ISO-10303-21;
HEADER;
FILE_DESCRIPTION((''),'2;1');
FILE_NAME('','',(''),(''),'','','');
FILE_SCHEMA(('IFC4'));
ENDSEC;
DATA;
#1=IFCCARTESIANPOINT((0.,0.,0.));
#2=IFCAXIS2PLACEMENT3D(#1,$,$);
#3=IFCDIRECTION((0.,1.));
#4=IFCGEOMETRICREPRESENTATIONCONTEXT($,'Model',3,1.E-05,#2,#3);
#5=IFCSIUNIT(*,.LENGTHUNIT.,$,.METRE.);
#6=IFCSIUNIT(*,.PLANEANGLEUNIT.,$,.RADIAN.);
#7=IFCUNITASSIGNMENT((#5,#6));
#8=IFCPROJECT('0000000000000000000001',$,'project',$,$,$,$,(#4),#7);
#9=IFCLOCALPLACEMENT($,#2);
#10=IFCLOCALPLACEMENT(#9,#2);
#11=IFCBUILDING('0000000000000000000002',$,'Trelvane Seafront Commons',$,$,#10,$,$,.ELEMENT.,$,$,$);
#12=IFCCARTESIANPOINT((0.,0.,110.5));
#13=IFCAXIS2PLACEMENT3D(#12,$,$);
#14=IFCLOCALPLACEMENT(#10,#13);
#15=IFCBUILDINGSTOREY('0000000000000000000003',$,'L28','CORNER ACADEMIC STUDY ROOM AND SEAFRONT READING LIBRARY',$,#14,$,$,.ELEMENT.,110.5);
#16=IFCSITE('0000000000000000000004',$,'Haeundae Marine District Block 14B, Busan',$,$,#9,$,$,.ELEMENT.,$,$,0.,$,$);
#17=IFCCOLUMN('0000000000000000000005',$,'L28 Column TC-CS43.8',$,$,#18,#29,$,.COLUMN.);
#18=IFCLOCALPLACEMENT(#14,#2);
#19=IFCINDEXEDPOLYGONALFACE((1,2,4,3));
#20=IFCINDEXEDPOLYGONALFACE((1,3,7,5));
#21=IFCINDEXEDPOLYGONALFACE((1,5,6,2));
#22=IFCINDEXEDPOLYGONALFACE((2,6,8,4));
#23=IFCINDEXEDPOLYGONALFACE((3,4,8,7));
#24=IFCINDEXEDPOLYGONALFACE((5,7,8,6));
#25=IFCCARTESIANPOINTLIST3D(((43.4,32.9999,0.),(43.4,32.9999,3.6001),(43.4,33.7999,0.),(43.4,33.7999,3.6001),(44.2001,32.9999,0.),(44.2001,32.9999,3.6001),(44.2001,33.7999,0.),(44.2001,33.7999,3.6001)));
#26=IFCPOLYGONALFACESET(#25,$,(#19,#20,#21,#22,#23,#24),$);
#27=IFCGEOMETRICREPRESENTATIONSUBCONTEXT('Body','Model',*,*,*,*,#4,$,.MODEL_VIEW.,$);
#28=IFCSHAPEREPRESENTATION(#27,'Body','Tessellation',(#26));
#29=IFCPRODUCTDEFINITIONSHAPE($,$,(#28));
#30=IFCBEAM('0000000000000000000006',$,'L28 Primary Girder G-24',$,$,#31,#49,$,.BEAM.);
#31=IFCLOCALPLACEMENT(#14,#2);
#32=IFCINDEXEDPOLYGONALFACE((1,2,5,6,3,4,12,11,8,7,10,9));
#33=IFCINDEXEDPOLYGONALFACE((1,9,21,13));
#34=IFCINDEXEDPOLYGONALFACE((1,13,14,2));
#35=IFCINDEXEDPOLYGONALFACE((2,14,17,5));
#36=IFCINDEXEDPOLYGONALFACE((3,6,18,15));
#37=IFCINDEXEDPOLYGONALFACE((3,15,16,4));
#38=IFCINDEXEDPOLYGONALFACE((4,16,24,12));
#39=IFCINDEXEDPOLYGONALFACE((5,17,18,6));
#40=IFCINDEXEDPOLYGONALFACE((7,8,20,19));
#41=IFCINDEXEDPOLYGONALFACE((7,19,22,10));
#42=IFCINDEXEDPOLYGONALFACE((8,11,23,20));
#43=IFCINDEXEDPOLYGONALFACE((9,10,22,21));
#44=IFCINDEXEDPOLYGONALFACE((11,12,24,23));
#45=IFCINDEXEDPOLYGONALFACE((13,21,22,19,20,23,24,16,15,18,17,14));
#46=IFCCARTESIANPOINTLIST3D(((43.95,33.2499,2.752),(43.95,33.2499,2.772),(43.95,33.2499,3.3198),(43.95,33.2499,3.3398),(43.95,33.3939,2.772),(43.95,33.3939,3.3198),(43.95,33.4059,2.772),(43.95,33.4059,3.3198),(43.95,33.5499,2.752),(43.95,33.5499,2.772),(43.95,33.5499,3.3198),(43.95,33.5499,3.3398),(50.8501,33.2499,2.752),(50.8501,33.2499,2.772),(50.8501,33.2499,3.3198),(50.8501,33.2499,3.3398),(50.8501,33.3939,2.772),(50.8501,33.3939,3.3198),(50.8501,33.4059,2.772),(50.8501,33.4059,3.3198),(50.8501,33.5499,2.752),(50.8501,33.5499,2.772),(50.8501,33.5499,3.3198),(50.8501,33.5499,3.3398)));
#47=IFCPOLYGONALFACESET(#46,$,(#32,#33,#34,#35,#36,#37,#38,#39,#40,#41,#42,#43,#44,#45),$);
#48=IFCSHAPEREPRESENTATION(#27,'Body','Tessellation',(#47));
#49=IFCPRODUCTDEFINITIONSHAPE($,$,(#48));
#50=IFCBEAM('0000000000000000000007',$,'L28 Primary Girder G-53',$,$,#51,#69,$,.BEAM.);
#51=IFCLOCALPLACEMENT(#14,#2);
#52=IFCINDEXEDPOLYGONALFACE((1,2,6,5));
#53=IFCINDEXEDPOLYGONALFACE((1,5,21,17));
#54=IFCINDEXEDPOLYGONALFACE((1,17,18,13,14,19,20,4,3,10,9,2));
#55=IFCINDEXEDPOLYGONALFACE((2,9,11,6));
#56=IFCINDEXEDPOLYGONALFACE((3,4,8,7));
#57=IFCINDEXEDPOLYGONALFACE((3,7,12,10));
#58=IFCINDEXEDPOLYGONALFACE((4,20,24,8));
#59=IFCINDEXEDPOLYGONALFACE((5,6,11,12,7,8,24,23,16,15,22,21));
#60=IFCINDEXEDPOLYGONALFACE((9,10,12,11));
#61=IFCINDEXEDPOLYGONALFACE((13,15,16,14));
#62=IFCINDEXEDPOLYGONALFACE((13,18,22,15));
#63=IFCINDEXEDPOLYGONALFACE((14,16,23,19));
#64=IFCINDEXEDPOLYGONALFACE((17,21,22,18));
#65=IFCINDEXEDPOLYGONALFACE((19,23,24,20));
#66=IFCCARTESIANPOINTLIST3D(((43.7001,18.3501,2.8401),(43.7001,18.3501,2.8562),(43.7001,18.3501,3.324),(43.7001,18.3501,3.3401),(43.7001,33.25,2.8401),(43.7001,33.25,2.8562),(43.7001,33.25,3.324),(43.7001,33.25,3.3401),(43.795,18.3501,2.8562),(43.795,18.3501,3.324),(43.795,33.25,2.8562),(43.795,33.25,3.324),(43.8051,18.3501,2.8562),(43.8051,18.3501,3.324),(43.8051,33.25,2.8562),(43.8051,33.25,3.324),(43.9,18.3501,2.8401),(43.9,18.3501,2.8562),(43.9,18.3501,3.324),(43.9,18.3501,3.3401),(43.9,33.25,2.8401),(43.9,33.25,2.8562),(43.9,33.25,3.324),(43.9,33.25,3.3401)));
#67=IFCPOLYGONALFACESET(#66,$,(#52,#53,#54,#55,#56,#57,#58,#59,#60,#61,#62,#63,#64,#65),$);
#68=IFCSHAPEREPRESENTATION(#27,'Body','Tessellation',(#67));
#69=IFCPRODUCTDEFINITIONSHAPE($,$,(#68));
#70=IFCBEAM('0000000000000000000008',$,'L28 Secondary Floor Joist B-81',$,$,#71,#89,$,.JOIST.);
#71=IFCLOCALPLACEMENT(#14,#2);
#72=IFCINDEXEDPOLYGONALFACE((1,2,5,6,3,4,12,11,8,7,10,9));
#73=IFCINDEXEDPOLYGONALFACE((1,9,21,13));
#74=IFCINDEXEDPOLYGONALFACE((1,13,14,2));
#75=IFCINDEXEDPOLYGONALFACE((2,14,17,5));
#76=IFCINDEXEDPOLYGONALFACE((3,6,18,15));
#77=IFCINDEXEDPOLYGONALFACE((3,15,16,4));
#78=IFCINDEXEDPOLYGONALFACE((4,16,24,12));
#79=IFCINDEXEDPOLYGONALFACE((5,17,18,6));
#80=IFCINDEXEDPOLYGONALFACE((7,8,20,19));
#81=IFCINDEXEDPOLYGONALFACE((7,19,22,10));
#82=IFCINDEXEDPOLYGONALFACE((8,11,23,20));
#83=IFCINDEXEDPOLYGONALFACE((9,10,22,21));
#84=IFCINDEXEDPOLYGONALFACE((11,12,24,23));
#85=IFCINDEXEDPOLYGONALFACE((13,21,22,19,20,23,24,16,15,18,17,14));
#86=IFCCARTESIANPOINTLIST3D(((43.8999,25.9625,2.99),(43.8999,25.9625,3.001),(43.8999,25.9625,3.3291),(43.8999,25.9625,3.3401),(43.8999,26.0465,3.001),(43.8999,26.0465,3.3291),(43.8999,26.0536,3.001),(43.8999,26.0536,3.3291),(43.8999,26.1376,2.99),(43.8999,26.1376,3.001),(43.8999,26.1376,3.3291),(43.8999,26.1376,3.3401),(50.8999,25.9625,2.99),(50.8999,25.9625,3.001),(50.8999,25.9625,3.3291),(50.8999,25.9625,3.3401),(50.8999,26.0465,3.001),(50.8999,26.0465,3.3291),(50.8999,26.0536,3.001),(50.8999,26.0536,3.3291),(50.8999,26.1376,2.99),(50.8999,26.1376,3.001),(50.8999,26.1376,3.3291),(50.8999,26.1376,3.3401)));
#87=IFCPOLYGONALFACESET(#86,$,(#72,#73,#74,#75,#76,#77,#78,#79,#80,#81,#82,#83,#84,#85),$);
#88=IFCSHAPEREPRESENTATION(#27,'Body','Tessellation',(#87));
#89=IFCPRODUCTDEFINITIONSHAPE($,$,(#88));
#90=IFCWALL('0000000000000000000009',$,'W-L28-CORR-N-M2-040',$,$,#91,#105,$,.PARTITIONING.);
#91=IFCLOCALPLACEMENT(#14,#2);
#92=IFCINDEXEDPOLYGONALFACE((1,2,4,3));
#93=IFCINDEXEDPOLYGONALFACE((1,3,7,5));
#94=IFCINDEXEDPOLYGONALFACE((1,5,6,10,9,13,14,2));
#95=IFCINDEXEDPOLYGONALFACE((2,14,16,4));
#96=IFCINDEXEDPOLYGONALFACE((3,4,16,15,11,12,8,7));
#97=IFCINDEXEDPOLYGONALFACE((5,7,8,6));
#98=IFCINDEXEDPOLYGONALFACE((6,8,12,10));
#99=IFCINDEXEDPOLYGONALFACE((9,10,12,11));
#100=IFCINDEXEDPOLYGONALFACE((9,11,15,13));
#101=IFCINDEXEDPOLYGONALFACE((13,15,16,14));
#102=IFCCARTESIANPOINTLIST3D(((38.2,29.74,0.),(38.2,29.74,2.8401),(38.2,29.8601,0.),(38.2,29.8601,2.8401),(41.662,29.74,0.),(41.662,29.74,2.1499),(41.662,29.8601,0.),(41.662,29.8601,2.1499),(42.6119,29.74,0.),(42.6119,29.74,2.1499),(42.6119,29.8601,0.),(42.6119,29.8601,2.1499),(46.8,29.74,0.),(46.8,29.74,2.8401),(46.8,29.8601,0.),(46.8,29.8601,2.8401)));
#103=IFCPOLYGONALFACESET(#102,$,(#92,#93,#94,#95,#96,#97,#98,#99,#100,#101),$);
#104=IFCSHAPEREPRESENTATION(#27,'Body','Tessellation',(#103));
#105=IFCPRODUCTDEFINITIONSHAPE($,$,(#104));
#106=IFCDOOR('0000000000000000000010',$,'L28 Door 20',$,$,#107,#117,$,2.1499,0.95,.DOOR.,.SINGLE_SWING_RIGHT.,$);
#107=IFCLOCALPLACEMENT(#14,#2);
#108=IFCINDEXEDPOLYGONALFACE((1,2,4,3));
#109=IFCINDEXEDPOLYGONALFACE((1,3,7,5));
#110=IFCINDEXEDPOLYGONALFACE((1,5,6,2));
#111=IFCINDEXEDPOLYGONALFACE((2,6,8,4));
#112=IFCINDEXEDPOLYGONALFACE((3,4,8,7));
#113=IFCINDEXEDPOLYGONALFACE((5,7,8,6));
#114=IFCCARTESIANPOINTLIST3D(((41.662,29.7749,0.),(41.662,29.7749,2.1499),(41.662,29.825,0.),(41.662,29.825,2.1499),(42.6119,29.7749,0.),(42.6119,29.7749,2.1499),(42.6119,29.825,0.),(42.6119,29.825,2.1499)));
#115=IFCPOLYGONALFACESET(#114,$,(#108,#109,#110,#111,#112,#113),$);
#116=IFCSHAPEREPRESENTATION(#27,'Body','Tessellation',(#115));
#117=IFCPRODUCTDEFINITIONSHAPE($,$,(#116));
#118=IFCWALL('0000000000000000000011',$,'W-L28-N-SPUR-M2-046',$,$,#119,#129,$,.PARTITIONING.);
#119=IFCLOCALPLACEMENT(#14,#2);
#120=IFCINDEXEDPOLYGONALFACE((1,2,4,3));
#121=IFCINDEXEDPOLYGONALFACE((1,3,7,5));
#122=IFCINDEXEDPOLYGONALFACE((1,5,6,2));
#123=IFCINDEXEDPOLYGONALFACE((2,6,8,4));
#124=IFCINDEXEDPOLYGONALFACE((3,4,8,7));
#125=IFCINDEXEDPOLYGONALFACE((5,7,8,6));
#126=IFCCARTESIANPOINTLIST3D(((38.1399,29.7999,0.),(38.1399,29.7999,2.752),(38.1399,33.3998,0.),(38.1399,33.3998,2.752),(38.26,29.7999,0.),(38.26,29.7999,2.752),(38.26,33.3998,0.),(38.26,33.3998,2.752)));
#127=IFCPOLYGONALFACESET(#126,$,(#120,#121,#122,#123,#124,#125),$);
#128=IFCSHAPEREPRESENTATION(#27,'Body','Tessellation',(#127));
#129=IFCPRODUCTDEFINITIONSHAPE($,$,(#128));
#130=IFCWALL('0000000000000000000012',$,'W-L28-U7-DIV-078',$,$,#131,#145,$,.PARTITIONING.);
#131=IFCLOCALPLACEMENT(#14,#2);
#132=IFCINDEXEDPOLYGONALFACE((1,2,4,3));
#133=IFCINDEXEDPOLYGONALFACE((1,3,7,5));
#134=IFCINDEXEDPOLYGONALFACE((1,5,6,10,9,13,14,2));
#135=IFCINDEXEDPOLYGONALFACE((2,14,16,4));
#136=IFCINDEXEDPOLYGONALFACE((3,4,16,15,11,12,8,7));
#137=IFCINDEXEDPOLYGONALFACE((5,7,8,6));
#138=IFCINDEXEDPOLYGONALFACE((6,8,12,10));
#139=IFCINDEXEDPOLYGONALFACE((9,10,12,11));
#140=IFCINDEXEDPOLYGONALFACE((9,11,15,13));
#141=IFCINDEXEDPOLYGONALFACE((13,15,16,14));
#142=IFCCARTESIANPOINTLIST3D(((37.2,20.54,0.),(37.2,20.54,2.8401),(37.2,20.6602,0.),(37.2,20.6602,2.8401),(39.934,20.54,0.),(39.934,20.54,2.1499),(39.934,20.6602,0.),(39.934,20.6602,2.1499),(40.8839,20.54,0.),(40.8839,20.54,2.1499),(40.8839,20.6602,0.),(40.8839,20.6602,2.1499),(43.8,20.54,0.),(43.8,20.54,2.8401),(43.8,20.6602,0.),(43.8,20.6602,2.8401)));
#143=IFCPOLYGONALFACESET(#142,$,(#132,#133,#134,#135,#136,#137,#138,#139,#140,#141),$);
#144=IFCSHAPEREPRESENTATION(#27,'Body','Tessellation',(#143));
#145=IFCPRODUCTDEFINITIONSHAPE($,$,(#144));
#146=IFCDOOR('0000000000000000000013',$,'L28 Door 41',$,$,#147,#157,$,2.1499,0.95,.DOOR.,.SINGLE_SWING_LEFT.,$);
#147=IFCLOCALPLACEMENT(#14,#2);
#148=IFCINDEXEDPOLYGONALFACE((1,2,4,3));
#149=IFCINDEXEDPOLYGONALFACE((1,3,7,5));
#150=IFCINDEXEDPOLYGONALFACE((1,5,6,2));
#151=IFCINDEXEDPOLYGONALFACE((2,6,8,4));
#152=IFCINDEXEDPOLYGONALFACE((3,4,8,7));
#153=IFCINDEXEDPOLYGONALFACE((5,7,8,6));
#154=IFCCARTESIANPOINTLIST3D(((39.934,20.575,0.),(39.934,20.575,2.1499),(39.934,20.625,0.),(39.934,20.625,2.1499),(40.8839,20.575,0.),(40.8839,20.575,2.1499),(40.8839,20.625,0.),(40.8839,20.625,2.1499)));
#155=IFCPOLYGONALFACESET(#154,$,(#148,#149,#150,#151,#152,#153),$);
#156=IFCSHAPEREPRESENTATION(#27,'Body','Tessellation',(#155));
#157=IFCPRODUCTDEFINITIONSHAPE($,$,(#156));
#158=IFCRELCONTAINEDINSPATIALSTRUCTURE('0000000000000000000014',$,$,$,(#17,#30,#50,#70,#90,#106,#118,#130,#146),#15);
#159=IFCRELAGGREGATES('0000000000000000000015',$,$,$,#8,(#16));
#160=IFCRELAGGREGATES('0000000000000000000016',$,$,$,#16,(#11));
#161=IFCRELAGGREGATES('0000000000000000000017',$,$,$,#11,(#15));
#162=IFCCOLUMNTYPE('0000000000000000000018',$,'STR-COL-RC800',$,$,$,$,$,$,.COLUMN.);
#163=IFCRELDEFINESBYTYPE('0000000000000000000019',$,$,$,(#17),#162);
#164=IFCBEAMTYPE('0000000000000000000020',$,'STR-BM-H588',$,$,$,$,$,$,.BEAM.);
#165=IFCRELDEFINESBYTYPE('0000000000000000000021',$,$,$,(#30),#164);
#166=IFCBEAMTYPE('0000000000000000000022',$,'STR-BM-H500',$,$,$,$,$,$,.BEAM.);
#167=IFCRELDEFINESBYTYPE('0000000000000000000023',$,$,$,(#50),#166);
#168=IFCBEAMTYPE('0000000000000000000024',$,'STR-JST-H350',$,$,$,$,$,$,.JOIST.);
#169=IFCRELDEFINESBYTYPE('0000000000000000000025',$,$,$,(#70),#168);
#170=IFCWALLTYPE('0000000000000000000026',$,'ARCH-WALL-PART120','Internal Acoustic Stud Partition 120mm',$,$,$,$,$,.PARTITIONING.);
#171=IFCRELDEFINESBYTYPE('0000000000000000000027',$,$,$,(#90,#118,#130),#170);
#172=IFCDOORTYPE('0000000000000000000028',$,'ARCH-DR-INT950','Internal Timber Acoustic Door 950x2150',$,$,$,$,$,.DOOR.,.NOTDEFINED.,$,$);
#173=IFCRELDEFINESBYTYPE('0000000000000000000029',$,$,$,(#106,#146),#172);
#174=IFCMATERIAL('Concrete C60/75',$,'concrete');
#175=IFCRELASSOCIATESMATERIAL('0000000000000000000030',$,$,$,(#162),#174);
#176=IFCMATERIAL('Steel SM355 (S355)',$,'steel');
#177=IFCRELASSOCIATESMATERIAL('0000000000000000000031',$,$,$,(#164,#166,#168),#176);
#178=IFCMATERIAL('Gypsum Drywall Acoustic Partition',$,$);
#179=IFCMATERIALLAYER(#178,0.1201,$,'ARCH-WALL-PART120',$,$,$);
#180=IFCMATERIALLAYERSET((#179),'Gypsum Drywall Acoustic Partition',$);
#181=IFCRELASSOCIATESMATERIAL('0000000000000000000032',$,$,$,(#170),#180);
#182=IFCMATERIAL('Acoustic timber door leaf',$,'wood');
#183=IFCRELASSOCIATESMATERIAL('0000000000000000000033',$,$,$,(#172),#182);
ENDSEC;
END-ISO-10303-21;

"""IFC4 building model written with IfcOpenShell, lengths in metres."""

from ifc_helpers import new_model, si_unit, direction, frame, frame_2d, origin, origin_2d, place, context, subcontext, project, spatial, rectangle, i_section, extrude, source, transform, mapped, material, layer, layer_set, material_profile, profile_set, type_object, element, fill, save


model = new_model("IFC4")

# Units and contexts
model_context = context("Model", 3, precision=1e-05, world=origin(), true_north=direction((0.0, 1.0)))
body_context = subcontext(model_context, "Body", "Model", "MODEL_VIEW")
ifc_project = project(units=[si_unit("LENGTHUNIT", "METRE"), si_unit("PLANEANGLEUNIT", "RADIAN")], contexts=[model_context])

# Site, building, storey
site_placement = place(None, origin())
site = spatial("IfcSite", under=ifc_project, at=site_placement, Name="Haeundae Marine District Block 14B, Busan", CompositionType="ELEMENT", RefElevation=0.0)
building_placement = place(site_placement, origin())
building = spatial("IfcBuilding", under=site, at=building_placement, Name="Trelvane Seafront Commons", CompositionType="ELEMENT")
storey_placement = place(building_placement, frame((0.0, 0.0, 110.5)))
storey = spatial("IfcBuildingStorey", under=building, at=storey_placement, Name="L28", Description="CORNER ACADEMIC STUDY ROOM AND SEAFRONT READING LIBRARY", CompositionType="ELEMENT", Elevation=110.5)

# Column
ifc_material_1 = material(Name="Concrete C60/75", Category="concrete")
ifc_material_profile_1 = material_profile(ifc_material_1, rectangle(XDim=0.8, YDim=0.8, at=origin_2d()), Name="RC-800x800")
ifc_profile_set_1 = profile_set([ifc_material_profile_1], Name="Concrete C60/75")
column_type = type_object("IfcColumnType", Name="STR-COL-RC800", PredefinedType="COLUMN", material=ifc_profile_set_1)
shared_shape_1 = source(origin(), body_context, "Body", "SweptSolid", [
    extrude(rectangle(XDim=0.8, YDim=0.8, at=origin_2d()), origin(), (0.0, 0.0, 1.0), 3.6001),
])
column_placement = place(storey_placement, frame((43.8, 33.3999, 0.0), z_axis=(0.0, 0.0, 1.0), x_axis=(1.0, 0.0, 0.0)))
element("IfcColumn", 1, at=column_placement, inside=storey, type_object=column_type, Name="L28 Column TC-CS43.8", PredefinedType="COLUMN", context=body_context, shape_type="MappedRepresentation", body=[
    mapped(shared_shape_1, transform((0.0, 0.0, 0.0), x_axis=(1.0, 0.0, 0.0), y_axis=(0.0, 1.0, 0.0), z_axis=(0.0, 0.0, 1.0), scale=1.0)),
])

# Beams
ifc_material_2 = material(Name="Steel SM355 (S355)", Category="steel")
ifc_material_profile_2 = material_profile(ifc_material_2, i_section(OverallWidth=0.3, OverallDepth=0.5879, WebThickness=0.012, FlangeThickness=0.02, at=origin_2d()), Name="H-588x300x12x20")
ifc_profile_set_2 = profile_set([ifc_material_profile_2], Name="Steel SM355 (S355)")
beam_type_1 = type_object("IfcBeamType", Name="STR-BM-H588", PredefinedType="BEAM", material=ifc_profile_set_2)
shared_shape_2 = source(origin(), body_context, "Body", "SweptSolid", [
    extrude(i_section(OverallWidth=0.3, OverallDepth=0.5879, WebThickness=0.012, FlangeThickness=0.02, at=origin_2d()), origin(), (0.0, 0.0, 1.0), 6.9001),
])
beam_1_placement = place(storey_placement, frame((43.95, 33.3999, 3.0459), z_axis=(1.0, 0.0, 0.0), x_axis=(0.0, 1.0, 0.0)))
element("IfcBeam", 2, at=beam_1_placement, inside=storey, type_object=beam_type_1, Name="L28 Primary Girder G-24", PredefinedType="BEAM", context=body_context, shape_type="MappedRepresentation", body=[
    mapped(shared_shape_2, transform((0.0, 0.0, 0.0), x_axis=(1.0, 0.0, 0.0), y_axis=(0.0, 1.0, 0.0), z_axis=(0.0, 0.0, 1.0), scale=1.0)),
])
ifc_material_profile_3 = material_profile(ifc_material_2, i_section(OverallWidth=0.2, OverallDepth=0.5, WebThickness=0.01, FlangeThickness=0.0161, at=origin_2d()), Name="H-500x200x10x16")
ifc_profile_set_3 = profile_set([ifc_material_profile_3], Name="Steel SM355 (S355)")
beam_type_2 = type_object("IfcBeamType", Name="STR-BM-H500", PredefinedType="BEAM", material=ifc_profile_set_3)
shared_shape_3 = source(origin(), body_context, "Body", "SweptSolid", [
    extrude(i_section(OverallWidth=0.2, OverallDepth=0.5, WebThickness=0.01, FlangeThickness=0.0161, at=origin_2d()), origin(), (0.0, 0.0, 1.0), 14.8999),
])
beam_2_placement = place(storey_placement, frame((43.8, 18.3501, 3.0901), z_axis=(0.0, 1.0, 0.0), x_axis=(-1.0, 0.0, 0.0)))
element("IfcBeam", 3, at=beam_2_placement, inside=storey, type_object=beam_type_2, Name="L28 Primary Girder G-53", PredefinedType="BEAM", context=body_context, shape_type="MappedRepresentation", body=[
    mapped(shared_shape_3, transform((0.0, 0.0, 0.0), x_axis=(1.0, 0.0, 0.0), y_axis=(0.0, 1.0, 0.0), z_axis=(0.0, 0.0, 1.0), scale=1.0)),
])
ifc_material_profile_4 = material_profile(ifc_material_2, i_section(OverallWidth=0.175, OverallDepth=0.3501, WebThickness=0.0071, FlangeThickness=0.011, at=origin_2d()), Name="H-350x175x7x11")
ifc_profile_set_4 = profile_set([ifc_material_profile_4], Name="Steel SM355 (S355)")
beam_type_3 = type_object("IfcBeamType", Name="STR-JST-H350", PredefinedType="JOIST", material=ifc_profile_set_4)
shared_shape_4 = source(origin(), body_context, "Body", "SweptSolid", [
    extrude(i_section(OverallWidth=0.175, OverallDepth=0.3501, WebThickness=0.0071, FlangeThickness=0.011, at=origin_2d()), origin(), (0.0, 0.0, 1.0), 7.0),
])
beam_3_placement = place(storey_placement, frame((43.8999, 26.05, 3.165), z_axis=(1.0, 0.0, 0.0), x_axis=(0.0, 1.0, 0.0)))
element("IfcBeam", 4, at=beam_3_placement, inside=storey, type_object=beam_type_3, Name="L28 Secondary Floor Joist B-81", PredefinedType="JOIST", context=body_context, shape_type="MappedRepresentation", body=[
    mapped(shared_shape_4, transform((0.0, 0.0, 0.0), x_axis=(1.0, 0.0, 0.0), y_axis=(0.0, 1.0, 0.0), z_axis=(0.0, 0.0, 1.0), scale=1.0)),
])

# Wall, opening, door
ifc_material_3 = material(Name="Gypsum Drywall Acoustic Partition")
ifc_layer_1 = layer(ifc_material_3, 0.1201, Name="ARCH-WALL-PART120")
ifc_layer_set_1 = layer_set([ifc_layer_1], Name="Gypsum Drywall Acoustic Partition")
wall_type_1 = type_object("IfcWallType", Name="ARCH-WALL-PART120", Description="Internal Acoustic Stud Partition 120mm", PredefinedType="PARTITIONING", material=ifc_layer_set_1)
wall_1_placement = place(storey_placement, frame((38.2, 29.8, 0.0), z_axis=(0.0, 0.0, 1.0), x_axis=(1.0, 0.0, 0.0)))
wall_1 = element("IfcWall", 5, at=wall_1_placement, inside=storey, type_object=wall_type_1, Name="W-L28-CORR-N-M2-040", PredefinedType="PARTITIONING", context=body_context, shape_type="SweptSolid", body=[
    extrude(rectangle(XDim=8.6001, YDim=0.1201, at=frame_2d((4.3, 0.0))), origin(), (0.0, 0.0, 1.0), 2.8401),
])
opening_1_placement = place(wall_1_placement, frame((3.4619, 0.0, 0.0)))
opening_1 = element("IfcOpeningElement", 6, at=opening_1_placement, cuts=wall_1, PredefinedType="OPENING", context=body_context, shape_type="SweptSolid", body=[
    extrude(rectangle(XDim=0.95, YDim=2.1499, at=frame_2d((0.4751, 1.075))), frame((0.0, 0.0701, 0.0), z_axis=(0.0, -1.0, 0.0), x_axis=(1.0, 0.0, 0.0)), (0.0, 0.0, 1.0), 0.1401),
])
ifc_material_4 = material(Name="Acoustic timber door leaf", Category="wood")
door_type_1 = type_object("IfcDoorType", Name="ARCH-DR-INT950", Description="Internal Timber Acoustic Door 950x2150", OperationType="NOTDEFINED", PredefinedType="DOOR", material=ifc_material_4)
shared_shape_5 = source(origin(), body_context, "Body", "SweptSolid", [
    extrude(rectangle(XDim=0.95, YDim=2.1499, at=frame_2d((0.4751, 1.075))), frame((0.0, 0.0249, 0.0), z_axis=(0.0, -1.0, 0.0), x_axis=(1.0, 0.0, 0.0)), (0.0, 0.0, 1.0), 0.05),
])
door_1_placement = place(opening_1_placement, origin())
door_1 = element("IfcDoor", 7, at=door_1_placement, inside=storey, type_object=door_type_1, Name="L28 Door 20", OperationType="SINGLE_SWING_RIGHT", OverallHeight=2.1499, OverallWidth=0.95, PredefinedType="DOOR", context=body_context, shape_type="MappedRepresentation", body=[
    mapped(shared_shape_5, transform((0.0, 0.0, 0.0), x_axis=(1.0, 0.0, 0.0), y_axis=(0.0, 1.0, 0.0), z_axis=(0.0, 0.0, 1.0), scale=1.0)),
])
fill(opening_1, door_1)

# Wall
wall_2_placement = place(storey_placement, frame((38.2, 29.8, 0.0), z_axis=(0.0, 0.0, 1.0), x_axis=(0.0, 1.0, 0.0)))
element("IfcWall", 8, at=wall_2_placement, inside=storey, type_object=wall_type_1, Name="W-L28-N-SPUR-M2-046", PredefinedType="PARTITIONING", context=body_context, shape_type="SweptSolid", body=[
    extrude(rectangle(XDim=3.5999, YDim=0.1201, at=frame_2d((1.7998, 0.0))), origin(), (0.0, 0.0, 1.0), 2.752),
])

# Wall, opening, door
wall_3_placement = place(storey_placement, frame((37.2, 20.6001, 0.0), z_axis=(0.0, 0.0, 1.0), x_axis=(1.0, 0.0, 0.0)))
wall_3 = element("IfcWall", 9, at=wall_3_placement, inside=storey, type_object=wall_type_1, Name="W-L28-U7-DIV-078", PredefinedType="PARTITIONING", context=body_context, shape_type="SweptSolid", body=[
    extrude(rectangle(XDim=6.6001, YDim=0.1201, at=frame_2d((3.3, 0.0))), origin(), (0.0, 0.0, 1.0), 2.8401),
])
opening_2_placement = place(wall_3_placement, frame((2.7339, 0.0, 0.0)))
opening_2 = element("IfcOpeningElement", 10, at=opening_2_placement, cuts=wall_3, PredefinedType="OPENING", context=body_context, shape_type="SweptSolid", body=[
    extrude(rectangle(XDim=0.95, YDim=2.1499, at=frame_2d((0.4751, 1.075))), frame((0.0, 0.0701, 0.0), z_axis=(0.0, -1.0, 0.0), x_axis=(1.0, 0.0, 0.0)), (0.0, 0.0, 1.0), 0.1401),
])
door_2_placement = place(opening_2_placement, origin())
door_2 = element("IfcDoor", 11, at=door_2_placement, inside=storey, type_object=door_type_1, Name="L28 Door 41", OperationType="SINGLE_SWING_LEFT", OverallHeight=2.1499, OverallWidth=0.95, PredefinedType="DOOR", context=body_context, shape_type="MappedRepresentation", body=[
    mapped(shared_shape_5, transform((0.0, 0.0, 0.0), x_axis=(1.0, 0.0, 0.0), y_axis=(0.0, 1.0, 0.0), z_axis=(0.0, 0.0, 1.0), scale=1.0)),
])
fill(opening_2, door_2)

save(model, "model.ifc")
